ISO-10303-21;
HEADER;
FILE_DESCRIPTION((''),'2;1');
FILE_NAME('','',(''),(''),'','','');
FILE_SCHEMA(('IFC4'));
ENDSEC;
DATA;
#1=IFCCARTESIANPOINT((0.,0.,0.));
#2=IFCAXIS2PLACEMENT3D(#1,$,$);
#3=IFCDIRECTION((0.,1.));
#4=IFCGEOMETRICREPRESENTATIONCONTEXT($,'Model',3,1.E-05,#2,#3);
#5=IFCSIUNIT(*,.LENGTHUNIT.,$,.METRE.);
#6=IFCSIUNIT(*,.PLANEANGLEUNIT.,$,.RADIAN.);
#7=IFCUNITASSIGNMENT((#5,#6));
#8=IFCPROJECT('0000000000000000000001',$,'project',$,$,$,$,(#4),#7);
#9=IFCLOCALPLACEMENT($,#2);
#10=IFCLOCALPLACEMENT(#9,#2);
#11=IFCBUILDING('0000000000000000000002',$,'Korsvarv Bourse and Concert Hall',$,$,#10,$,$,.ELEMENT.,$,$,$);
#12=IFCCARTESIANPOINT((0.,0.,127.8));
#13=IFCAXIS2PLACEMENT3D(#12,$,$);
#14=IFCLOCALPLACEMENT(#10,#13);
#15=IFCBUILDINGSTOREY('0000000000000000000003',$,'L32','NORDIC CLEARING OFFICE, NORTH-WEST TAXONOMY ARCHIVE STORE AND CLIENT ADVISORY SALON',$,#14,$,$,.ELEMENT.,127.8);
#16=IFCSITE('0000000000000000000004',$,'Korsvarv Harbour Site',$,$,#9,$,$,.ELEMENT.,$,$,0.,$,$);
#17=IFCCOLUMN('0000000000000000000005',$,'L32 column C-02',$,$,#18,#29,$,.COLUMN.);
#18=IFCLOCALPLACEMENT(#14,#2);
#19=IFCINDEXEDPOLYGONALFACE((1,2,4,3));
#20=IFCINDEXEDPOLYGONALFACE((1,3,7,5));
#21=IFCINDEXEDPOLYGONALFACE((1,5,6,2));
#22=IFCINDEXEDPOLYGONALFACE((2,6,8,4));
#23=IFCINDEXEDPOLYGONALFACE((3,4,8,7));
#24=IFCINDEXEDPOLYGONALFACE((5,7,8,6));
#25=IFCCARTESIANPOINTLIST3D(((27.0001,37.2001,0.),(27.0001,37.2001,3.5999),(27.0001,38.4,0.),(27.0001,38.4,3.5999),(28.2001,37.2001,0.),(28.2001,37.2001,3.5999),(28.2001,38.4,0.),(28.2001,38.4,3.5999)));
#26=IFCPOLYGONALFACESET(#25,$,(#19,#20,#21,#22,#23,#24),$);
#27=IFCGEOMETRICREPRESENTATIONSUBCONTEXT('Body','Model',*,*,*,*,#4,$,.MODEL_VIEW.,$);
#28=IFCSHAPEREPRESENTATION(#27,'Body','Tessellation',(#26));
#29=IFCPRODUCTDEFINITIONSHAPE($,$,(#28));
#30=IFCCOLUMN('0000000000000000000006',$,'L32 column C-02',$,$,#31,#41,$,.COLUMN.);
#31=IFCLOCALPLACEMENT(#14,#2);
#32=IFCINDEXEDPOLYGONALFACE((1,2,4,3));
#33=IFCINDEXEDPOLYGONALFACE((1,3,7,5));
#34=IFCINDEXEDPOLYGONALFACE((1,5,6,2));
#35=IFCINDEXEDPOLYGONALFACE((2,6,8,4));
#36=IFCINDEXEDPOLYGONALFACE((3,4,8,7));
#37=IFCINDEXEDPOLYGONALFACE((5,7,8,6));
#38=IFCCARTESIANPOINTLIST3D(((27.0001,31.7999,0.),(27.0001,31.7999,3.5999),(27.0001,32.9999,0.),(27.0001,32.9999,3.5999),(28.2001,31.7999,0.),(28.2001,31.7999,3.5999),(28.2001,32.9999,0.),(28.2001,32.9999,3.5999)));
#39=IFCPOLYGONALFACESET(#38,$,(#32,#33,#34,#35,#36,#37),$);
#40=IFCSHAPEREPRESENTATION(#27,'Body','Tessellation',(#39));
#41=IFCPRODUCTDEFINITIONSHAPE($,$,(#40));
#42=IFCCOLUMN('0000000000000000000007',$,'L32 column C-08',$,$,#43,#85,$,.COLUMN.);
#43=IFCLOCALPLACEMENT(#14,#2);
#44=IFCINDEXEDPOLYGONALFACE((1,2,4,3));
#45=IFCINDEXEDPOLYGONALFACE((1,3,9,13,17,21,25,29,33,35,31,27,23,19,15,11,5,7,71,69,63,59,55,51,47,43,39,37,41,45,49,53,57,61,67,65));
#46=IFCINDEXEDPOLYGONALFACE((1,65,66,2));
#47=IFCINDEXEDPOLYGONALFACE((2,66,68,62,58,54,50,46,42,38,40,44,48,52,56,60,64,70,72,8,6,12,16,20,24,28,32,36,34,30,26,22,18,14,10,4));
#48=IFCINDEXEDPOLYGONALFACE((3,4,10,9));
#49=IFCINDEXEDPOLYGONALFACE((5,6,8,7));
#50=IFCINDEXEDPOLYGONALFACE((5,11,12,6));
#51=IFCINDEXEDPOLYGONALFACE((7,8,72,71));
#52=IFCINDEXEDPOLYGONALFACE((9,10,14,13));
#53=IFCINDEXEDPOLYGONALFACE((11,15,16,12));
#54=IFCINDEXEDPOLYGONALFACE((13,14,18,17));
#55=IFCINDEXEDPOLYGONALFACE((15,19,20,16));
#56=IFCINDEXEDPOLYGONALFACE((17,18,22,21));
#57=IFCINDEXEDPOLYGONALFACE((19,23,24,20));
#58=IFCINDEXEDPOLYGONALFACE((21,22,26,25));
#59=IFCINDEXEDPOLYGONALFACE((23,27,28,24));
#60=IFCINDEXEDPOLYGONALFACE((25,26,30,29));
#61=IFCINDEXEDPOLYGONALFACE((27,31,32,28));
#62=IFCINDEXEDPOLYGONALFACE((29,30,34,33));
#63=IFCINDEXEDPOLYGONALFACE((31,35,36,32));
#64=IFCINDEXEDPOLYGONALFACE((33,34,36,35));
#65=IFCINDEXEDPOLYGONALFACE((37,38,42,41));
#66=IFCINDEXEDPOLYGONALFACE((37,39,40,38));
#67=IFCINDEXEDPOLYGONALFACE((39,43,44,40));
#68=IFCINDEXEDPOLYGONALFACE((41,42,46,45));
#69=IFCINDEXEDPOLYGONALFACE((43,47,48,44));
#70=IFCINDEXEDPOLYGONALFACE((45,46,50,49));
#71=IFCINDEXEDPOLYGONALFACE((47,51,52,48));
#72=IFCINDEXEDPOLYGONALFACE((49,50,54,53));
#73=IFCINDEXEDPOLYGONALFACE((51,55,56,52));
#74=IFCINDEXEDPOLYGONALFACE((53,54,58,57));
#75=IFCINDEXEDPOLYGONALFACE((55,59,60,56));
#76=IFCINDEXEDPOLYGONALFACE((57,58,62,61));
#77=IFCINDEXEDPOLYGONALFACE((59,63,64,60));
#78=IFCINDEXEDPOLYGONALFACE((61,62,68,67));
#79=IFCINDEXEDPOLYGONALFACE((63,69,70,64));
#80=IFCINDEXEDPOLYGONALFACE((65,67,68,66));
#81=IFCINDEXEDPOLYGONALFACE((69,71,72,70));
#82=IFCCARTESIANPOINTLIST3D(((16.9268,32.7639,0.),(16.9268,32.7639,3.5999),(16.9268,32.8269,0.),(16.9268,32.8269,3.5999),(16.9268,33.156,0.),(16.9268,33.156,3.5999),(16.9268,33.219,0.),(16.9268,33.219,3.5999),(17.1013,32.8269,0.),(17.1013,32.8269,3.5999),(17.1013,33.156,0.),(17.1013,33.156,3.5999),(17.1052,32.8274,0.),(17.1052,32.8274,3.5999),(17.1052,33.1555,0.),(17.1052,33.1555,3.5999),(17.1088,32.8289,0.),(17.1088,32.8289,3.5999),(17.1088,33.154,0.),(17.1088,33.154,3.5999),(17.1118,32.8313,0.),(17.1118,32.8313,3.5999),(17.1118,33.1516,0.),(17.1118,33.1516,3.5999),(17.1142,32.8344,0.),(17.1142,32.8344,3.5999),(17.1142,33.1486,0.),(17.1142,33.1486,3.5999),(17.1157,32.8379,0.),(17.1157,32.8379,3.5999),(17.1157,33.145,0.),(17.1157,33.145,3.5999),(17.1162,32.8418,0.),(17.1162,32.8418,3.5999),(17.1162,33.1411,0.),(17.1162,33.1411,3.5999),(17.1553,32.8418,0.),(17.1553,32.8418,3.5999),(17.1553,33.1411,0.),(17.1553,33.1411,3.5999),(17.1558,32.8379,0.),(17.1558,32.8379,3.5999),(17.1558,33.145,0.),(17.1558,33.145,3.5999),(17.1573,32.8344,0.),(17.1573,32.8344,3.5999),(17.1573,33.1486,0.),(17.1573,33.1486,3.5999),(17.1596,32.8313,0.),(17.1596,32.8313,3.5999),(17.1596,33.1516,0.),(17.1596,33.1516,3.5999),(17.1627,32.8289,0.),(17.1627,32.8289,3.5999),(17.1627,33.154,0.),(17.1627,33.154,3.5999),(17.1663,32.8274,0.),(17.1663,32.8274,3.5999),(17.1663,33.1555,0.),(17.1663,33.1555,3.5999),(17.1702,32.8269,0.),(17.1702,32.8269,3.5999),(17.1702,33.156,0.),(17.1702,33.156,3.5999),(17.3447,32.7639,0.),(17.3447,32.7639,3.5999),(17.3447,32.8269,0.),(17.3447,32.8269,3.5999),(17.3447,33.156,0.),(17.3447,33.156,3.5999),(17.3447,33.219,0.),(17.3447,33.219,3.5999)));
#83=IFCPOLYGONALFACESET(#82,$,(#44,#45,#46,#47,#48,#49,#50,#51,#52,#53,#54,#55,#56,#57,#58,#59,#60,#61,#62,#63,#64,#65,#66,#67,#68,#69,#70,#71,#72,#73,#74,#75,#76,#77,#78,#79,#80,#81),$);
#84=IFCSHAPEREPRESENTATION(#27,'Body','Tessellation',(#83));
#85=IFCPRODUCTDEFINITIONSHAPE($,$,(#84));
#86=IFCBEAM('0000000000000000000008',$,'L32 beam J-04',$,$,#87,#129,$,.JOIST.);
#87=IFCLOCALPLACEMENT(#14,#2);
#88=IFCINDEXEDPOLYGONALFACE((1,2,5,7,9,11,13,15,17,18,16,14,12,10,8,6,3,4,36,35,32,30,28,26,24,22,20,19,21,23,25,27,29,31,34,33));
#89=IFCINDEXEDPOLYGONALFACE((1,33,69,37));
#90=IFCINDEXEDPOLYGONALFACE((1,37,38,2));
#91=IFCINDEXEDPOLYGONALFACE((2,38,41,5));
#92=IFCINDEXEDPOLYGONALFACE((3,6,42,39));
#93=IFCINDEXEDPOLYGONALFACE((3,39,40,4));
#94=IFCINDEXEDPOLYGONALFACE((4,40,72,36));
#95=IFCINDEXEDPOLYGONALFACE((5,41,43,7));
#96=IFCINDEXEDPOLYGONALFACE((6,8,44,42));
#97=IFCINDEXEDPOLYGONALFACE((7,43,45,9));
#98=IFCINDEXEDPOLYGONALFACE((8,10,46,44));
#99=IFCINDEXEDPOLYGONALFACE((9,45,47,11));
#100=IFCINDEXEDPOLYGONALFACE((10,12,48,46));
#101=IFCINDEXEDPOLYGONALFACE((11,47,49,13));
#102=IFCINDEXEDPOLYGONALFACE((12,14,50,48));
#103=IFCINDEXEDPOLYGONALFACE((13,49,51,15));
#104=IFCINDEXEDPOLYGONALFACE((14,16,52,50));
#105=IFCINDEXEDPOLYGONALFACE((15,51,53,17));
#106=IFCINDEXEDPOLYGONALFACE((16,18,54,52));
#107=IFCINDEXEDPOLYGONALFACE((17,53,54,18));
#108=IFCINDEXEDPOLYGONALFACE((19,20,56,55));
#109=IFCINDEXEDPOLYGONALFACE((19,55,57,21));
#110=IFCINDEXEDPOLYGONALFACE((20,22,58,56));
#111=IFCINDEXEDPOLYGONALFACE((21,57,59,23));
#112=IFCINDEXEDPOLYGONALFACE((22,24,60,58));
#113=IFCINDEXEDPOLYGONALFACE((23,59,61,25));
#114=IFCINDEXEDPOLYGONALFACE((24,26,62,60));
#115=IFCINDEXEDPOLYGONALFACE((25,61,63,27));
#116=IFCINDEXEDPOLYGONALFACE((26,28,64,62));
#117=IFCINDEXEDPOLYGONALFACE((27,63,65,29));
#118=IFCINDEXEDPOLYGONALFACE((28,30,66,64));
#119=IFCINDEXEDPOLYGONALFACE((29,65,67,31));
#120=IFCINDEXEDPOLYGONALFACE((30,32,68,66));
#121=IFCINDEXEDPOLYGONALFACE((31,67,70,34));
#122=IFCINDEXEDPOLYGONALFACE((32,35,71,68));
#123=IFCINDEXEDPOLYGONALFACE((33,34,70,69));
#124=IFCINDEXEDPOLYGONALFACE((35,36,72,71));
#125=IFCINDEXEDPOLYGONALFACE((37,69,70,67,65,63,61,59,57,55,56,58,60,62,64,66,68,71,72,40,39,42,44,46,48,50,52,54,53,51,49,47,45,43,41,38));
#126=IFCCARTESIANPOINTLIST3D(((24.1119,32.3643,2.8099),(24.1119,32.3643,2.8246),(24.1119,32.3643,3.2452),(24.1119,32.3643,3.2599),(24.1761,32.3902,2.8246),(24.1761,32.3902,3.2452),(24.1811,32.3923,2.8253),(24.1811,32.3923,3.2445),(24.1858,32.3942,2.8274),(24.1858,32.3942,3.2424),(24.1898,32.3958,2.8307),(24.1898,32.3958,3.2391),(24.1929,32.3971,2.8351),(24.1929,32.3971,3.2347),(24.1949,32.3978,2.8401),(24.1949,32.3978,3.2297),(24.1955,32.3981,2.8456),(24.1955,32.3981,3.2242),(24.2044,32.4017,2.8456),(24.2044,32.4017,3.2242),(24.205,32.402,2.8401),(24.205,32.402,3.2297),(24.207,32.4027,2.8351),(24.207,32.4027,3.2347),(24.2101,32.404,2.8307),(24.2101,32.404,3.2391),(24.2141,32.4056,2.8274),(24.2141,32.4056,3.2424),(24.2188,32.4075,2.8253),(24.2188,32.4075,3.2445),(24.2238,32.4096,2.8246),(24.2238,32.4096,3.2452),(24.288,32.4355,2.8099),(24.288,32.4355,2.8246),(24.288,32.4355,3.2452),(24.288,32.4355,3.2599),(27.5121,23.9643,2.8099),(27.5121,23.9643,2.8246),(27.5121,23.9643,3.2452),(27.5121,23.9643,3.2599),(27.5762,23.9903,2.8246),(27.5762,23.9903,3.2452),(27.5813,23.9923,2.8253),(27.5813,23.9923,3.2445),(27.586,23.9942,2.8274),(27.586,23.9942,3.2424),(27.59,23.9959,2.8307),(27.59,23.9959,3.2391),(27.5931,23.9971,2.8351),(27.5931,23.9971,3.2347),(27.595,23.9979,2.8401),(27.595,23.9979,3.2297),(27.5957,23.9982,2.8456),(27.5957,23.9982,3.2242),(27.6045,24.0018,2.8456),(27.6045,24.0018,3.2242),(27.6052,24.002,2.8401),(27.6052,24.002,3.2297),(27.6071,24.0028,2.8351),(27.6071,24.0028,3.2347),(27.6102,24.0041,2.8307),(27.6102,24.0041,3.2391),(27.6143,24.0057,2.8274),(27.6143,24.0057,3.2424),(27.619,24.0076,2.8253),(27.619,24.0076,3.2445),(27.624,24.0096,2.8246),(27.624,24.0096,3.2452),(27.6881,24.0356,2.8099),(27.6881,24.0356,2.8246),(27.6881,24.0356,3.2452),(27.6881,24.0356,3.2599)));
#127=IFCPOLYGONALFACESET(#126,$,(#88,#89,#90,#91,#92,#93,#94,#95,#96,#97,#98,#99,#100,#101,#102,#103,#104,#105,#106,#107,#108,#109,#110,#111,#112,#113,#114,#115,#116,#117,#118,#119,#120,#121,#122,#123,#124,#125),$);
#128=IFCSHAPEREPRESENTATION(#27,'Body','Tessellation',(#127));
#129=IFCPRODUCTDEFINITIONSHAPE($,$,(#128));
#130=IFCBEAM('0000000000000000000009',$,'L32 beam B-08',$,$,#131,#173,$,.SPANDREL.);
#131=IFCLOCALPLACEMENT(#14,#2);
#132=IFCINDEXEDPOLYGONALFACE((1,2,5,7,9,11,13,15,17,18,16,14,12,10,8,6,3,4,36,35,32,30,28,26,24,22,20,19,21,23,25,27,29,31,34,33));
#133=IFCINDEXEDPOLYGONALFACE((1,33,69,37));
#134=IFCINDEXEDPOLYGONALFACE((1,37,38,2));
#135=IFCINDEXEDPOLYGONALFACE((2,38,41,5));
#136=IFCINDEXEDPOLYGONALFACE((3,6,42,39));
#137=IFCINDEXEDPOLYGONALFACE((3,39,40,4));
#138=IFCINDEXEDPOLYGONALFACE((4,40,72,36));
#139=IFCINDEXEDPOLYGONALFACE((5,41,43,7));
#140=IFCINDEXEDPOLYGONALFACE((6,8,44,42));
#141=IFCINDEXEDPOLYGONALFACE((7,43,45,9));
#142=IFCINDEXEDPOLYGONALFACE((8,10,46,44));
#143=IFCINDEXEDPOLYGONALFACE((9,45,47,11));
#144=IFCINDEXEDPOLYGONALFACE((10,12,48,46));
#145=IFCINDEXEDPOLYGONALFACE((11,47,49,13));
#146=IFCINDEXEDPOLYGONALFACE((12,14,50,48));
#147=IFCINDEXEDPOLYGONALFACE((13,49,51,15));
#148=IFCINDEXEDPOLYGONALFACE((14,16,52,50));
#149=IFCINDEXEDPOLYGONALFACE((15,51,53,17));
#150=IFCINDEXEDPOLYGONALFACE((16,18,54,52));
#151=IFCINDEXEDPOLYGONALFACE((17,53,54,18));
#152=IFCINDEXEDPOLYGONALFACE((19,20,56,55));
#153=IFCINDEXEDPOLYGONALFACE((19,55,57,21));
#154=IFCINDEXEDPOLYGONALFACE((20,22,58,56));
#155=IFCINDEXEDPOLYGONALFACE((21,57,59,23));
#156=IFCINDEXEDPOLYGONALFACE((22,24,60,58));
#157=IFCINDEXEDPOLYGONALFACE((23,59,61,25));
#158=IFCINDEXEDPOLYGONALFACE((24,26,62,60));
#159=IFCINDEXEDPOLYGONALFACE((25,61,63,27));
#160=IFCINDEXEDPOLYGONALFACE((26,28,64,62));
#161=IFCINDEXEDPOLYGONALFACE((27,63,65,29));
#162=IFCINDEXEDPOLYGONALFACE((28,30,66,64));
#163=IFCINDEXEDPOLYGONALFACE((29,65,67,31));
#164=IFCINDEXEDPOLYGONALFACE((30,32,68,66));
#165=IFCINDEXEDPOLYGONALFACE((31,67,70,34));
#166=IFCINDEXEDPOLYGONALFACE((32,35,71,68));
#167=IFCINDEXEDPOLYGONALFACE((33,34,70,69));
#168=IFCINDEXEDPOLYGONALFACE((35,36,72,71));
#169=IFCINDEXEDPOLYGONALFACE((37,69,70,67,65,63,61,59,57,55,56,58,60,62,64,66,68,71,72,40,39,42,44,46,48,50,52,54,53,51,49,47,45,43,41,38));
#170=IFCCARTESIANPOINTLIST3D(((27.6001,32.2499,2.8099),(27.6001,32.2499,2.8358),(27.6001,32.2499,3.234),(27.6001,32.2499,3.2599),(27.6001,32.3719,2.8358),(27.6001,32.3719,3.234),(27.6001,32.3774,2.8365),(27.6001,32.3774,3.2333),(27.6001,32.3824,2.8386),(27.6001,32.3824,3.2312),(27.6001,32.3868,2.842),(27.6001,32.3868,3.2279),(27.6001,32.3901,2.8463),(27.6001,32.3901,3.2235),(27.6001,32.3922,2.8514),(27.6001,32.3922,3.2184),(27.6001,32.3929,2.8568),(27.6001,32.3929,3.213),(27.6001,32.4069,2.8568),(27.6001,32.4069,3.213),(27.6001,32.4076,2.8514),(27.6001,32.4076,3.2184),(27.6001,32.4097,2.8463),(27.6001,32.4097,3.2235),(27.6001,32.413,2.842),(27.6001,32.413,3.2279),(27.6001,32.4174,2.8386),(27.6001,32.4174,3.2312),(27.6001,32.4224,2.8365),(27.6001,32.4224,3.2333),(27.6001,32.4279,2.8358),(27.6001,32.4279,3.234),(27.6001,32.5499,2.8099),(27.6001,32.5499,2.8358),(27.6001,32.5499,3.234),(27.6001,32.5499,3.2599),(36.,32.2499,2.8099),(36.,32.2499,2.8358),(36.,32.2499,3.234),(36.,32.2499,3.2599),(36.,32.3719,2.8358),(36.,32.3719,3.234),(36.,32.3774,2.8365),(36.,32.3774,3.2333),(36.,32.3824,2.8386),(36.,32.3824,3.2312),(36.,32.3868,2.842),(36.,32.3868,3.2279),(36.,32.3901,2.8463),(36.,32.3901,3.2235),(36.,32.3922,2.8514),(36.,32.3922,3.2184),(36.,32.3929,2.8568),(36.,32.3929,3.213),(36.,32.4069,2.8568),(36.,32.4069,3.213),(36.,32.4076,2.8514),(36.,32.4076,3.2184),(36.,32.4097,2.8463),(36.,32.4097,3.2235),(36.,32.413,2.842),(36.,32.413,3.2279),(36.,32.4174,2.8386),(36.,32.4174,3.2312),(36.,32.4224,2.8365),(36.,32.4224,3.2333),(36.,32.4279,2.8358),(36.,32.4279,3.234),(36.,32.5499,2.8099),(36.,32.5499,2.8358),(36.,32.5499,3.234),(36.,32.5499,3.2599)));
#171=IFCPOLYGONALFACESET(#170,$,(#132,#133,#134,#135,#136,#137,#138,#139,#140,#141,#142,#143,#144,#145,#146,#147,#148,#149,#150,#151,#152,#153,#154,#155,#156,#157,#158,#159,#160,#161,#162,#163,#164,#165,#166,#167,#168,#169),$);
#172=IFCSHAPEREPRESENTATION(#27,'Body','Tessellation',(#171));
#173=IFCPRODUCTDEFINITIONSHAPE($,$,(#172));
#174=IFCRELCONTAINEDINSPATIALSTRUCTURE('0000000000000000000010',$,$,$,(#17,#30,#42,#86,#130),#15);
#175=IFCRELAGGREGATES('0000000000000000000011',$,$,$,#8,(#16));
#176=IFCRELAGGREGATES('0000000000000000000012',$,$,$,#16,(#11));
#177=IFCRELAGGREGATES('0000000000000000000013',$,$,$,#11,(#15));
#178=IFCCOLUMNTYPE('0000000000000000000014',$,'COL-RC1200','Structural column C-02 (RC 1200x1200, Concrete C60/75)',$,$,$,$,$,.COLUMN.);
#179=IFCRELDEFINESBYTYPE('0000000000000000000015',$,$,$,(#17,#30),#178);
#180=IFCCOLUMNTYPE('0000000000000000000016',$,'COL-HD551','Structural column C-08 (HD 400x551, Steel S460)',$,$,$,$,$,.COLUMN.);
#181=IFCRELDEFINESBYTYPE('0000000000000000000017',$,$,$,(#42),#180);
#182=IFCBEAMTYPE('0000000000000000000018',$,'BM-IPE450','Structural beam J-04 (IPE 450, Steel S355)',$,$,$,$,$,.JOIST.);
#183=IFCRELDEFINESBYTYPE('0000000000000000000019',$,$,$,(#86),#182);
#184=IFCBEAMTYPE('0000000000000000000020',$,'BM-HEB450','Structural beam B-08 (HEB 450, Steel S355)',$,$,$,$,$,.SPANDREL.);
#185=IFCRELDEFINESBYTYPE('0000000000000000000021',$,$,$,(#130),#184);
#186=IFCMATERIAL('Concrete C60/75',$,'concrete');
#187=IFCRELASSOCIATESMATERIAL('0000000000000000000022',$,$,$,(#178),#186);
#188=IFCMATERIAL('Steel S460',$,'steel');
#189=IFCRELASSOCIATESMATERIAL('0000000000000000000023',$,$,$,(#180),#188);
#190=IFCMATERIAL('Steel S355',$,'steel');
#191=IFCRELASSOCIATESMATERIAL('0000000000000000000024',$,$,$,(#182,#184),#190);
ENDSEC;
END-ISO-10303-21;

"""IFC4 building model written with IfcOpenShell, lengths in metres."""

from ifc_helpers import new_model, si_unit, direction, frame, origin, origin_2d, place, context, subcontext, project, spatial, rectangle, i_section, extrude, source, transform, mapped, material, material_profile, profile_set, type_object, element, save


model = new_model("IFC4")

# Units and contexts
model_context = context("Model", 3, precision=1e-05, world=origin(), true_north=direction((0.0, 1.0)))
body_context = subcontext(model_context, "Body", "Model", "MODEL_VIEW")
ifc_project = project(units=[si_unit("LENGTHUNIT", "METRE"), si_unit("PLANEANGLEUNIT", "RADIAN")], contexts=[model_context])

# Site, building, storey
site_placement = place(None, origin())
site = spatial("IfcSite", under=ifc_project, at=site_placement, Name="Korsvarv Harbour Site", CompositionType="ELEMENT", RefElevation=0.0)
building_placement = place(site_placement, origin())
building = spatial("IfcBuilding", under=site, at=building_placement, Name="Korsvarv Bourse and Concert Hall", CompositionType="ELEMENT")
storey_placement = place(building_placement, frame((0.0, 0.0, 127.8)))
storey = spatial("IfcBuildingStorey", under=building, at=storey_placement, Name="L32", Description="NORDIC CLEARING OFFICE, NORTH-WEST TAXONOMY ARCHIVE STORE AND CLIENT ADVISORY SALON", CompositionType="ELEMENT", Elevation=127.8)

# Columns
ifc_material_1 = material(Name="Concrete C60/75", Category="concrete")
ifc_material_profile_1 = material_profile(ifc_material_1, rectangle(XDim=1.2, YDim=1.2, at=origin_2d()), Name="RC 1200x1200")
ifc_profile_set_1 = profile_set([ifc_material_profile_1], Name="Concrete C60/75")
column_type_1 = type_object("IfcColumnType", Name="COL-RC1200", Description="Structural column C-02 (RC 1200x1200, Concrete C60/75)", PredefinedType="COLUMN", material=ifc_profile_set_1)
shared_shape_1 = source(origin(), body_context, "Body", "SweptSolid", [
    extrude(rectangle(XDim=1.2, YDim=1.2, at=origin_2d()), origin(), (0.0, 0.0, 1.0), 3.5999),
])
for number, where, z_axis, x_axis, name in (
    (1, (27.6001, 37.8, 0.0), (0.0, 0.0, 1.0), (1.0, 0.0, 0.0), "L32 column C-02"),
    (2, (27.6001, 32.3999, 0.0), (0.0, 0.0, 1.0), (1.0, 0.0, 0.0), "L32 column C-02"),
):
    element("IfcColumn", number, at=place(storey_placement, frame(where, z_axis=z_axis, x_axis=x_axis)), inside=storey, type_object=column_type_1, Name=name, PredefinedType="COLUMN", context=body_context, shape_type="MappedRepresentation", body=[
        mapped(shared_shape_1, transform((0.0, 0.0, 0.0), scale=1.0)),
    ])
ifc_material_2 = material(Name="Steel S460", Category="steel")
ifc_material_profile_2 = material_profile(ifc_material_2, i_section(OverallWidth=0.418, OverallDepth=0.4551, WebThickness=0.0391, FlangeThickness=0.063, FilletRadius=0.0149, at=origin_2d()), Name="HD 400x551")
ifc_profile_set_2 = profile_set([ifc_material_profile_2], Name="Steel S460")
column_type_2 = type_object("IfcColumnType", Name="COL-HD551", Description="Structural column C-08 (HD 400x551, Steel S460)", PredefinedType="COLUMN", material=ifc_profile_set_2)
shared_shape_2 = source(origin(), body_context, "Body", "SweptSolid", [
    extrude(i_section(OverallWidth=0.418, OverallDepth=0.4551, WebThickness=0.0391, FlangeThickness=0.063, FilletRadius=0.0149, at=origin_2d()), origin(), (0.0, 0.0, 1.0), 3.5999),
])
column_placement = place(storey_placement, frame((17.1357, 32.9915, 0.0), z_axis=(0.0, 0.0, 1.0), x_axis=(1.0, 0.0, 0.0)))
element("IfcColumn", 3, at=column_placement, inside=storey, type_object=column_type_2, Name="L32 column C-08", PredefinedType="COLUMN", context=body_context, shape_type="MappedRepresentation", body=[
    mapped(shared_shape_2, transform((0.0, 0.0, 0.0), scale=1.0)),
])

# Beams
ifc_material_3 = material(Name="Steel S355", Category="steel")
ifc_material_profile_3 = material_profile(ifc_material_3, i_section(OverallWidth=0.1899, OverallDepth=0.45, WebThickness=0.0095, FlangeThickness=0.0146, FilletRadius=0.021, at=origin_2d()), Name="IPE 450")
ifc_profile_set_3 = profile_set([ifc_material_profile_3], Name="Steel S355")
beam_type_1 = type_object("IfcBeamType", Name="BM-IPE450", Description="Structural beam J-04 (IPE 450, Steel S355)", PredefinedType="JOIST", material=ifc_profile_set_3)
shared_shape_3 = source(origin(), body_context, "Body", "SweptSolid", [
    extrude(i_section(OverallWidth=0.1899, OverallDepth=0.45, WebThickness=0.0095, FlangeThickness=0.0146, FilletRadius=0.021, at=origin_2d()), origin(), (0.0, 0.0, 1.0), 9.062),
])
beam_1_placement = place(storey_placement, frame((24.2, 32.3999, 3.0349), z_axis=(0.37521, -0.92694, 0.0), x_axis=(0.92694, 0.37521, 0.0)))
element("IfcBeam", 4, at=beam_1_placement, inside=storey, type_object=beam_type_1, Name="L32 beam J-04", PredefinedType="JOIST", context=body_context, shape_type="MappedRepresentation", body=[
    mapped(shared_shape_3, transform((0.0, 0.0, 0.0), scale=1.0)),
])
ifc_material_profile_4 = material_profile(ifc_material_3, i_section(OverallWidth=0.3, OverallDepth=0.45, WebThickness=0.0139, FlangeThickness=0.0259, FilletRadius=0.021, at=origin_2d()), Name="HEB 450")
ifc_profile_set_4 = profile_set([ifc_material_profile_4], Name="Steel S355")
beam_type_2 = type_object("IfcBeamType", Name="BM-HEB450", Description="Structural beam B-08 (HEB 450, Steel S355)", PredefinedType="SPANDREL", material=ifc_profile_set_4)
shared_shape_4 = source(origin(), body_context, "Body", "SweptSolid", [
    extrude(i_section(OverallWidth=0.3, OverallDepth=0.45, WebThickness=0.0139, FlangeThickness=0.0259, FilletRadius=0.021, at=origin_2d()), origin(), (0.0, 0.0, 1.0), 8.3999),
])
beam_2_placement = place(storey_placement, frame((27.6001, 32.3999, 3.0349), z_axis=(1.0, 0.0, 0.0), x_axis=(0.0, 1.0, 0.0)))
element("IfcBeam", 5, at=beam_2_placement, inside=storey, type_object=beam_type_2, Name="L32 beam B-08", PredefinedType="SPANDREL", context=body_context, shape_type="MappedRepresentation", body=[
    mapped(shared_shape_4, transform((0.0, 0.0, 0.0), scale=1.0)),
])

save(model, "model.ifc")
